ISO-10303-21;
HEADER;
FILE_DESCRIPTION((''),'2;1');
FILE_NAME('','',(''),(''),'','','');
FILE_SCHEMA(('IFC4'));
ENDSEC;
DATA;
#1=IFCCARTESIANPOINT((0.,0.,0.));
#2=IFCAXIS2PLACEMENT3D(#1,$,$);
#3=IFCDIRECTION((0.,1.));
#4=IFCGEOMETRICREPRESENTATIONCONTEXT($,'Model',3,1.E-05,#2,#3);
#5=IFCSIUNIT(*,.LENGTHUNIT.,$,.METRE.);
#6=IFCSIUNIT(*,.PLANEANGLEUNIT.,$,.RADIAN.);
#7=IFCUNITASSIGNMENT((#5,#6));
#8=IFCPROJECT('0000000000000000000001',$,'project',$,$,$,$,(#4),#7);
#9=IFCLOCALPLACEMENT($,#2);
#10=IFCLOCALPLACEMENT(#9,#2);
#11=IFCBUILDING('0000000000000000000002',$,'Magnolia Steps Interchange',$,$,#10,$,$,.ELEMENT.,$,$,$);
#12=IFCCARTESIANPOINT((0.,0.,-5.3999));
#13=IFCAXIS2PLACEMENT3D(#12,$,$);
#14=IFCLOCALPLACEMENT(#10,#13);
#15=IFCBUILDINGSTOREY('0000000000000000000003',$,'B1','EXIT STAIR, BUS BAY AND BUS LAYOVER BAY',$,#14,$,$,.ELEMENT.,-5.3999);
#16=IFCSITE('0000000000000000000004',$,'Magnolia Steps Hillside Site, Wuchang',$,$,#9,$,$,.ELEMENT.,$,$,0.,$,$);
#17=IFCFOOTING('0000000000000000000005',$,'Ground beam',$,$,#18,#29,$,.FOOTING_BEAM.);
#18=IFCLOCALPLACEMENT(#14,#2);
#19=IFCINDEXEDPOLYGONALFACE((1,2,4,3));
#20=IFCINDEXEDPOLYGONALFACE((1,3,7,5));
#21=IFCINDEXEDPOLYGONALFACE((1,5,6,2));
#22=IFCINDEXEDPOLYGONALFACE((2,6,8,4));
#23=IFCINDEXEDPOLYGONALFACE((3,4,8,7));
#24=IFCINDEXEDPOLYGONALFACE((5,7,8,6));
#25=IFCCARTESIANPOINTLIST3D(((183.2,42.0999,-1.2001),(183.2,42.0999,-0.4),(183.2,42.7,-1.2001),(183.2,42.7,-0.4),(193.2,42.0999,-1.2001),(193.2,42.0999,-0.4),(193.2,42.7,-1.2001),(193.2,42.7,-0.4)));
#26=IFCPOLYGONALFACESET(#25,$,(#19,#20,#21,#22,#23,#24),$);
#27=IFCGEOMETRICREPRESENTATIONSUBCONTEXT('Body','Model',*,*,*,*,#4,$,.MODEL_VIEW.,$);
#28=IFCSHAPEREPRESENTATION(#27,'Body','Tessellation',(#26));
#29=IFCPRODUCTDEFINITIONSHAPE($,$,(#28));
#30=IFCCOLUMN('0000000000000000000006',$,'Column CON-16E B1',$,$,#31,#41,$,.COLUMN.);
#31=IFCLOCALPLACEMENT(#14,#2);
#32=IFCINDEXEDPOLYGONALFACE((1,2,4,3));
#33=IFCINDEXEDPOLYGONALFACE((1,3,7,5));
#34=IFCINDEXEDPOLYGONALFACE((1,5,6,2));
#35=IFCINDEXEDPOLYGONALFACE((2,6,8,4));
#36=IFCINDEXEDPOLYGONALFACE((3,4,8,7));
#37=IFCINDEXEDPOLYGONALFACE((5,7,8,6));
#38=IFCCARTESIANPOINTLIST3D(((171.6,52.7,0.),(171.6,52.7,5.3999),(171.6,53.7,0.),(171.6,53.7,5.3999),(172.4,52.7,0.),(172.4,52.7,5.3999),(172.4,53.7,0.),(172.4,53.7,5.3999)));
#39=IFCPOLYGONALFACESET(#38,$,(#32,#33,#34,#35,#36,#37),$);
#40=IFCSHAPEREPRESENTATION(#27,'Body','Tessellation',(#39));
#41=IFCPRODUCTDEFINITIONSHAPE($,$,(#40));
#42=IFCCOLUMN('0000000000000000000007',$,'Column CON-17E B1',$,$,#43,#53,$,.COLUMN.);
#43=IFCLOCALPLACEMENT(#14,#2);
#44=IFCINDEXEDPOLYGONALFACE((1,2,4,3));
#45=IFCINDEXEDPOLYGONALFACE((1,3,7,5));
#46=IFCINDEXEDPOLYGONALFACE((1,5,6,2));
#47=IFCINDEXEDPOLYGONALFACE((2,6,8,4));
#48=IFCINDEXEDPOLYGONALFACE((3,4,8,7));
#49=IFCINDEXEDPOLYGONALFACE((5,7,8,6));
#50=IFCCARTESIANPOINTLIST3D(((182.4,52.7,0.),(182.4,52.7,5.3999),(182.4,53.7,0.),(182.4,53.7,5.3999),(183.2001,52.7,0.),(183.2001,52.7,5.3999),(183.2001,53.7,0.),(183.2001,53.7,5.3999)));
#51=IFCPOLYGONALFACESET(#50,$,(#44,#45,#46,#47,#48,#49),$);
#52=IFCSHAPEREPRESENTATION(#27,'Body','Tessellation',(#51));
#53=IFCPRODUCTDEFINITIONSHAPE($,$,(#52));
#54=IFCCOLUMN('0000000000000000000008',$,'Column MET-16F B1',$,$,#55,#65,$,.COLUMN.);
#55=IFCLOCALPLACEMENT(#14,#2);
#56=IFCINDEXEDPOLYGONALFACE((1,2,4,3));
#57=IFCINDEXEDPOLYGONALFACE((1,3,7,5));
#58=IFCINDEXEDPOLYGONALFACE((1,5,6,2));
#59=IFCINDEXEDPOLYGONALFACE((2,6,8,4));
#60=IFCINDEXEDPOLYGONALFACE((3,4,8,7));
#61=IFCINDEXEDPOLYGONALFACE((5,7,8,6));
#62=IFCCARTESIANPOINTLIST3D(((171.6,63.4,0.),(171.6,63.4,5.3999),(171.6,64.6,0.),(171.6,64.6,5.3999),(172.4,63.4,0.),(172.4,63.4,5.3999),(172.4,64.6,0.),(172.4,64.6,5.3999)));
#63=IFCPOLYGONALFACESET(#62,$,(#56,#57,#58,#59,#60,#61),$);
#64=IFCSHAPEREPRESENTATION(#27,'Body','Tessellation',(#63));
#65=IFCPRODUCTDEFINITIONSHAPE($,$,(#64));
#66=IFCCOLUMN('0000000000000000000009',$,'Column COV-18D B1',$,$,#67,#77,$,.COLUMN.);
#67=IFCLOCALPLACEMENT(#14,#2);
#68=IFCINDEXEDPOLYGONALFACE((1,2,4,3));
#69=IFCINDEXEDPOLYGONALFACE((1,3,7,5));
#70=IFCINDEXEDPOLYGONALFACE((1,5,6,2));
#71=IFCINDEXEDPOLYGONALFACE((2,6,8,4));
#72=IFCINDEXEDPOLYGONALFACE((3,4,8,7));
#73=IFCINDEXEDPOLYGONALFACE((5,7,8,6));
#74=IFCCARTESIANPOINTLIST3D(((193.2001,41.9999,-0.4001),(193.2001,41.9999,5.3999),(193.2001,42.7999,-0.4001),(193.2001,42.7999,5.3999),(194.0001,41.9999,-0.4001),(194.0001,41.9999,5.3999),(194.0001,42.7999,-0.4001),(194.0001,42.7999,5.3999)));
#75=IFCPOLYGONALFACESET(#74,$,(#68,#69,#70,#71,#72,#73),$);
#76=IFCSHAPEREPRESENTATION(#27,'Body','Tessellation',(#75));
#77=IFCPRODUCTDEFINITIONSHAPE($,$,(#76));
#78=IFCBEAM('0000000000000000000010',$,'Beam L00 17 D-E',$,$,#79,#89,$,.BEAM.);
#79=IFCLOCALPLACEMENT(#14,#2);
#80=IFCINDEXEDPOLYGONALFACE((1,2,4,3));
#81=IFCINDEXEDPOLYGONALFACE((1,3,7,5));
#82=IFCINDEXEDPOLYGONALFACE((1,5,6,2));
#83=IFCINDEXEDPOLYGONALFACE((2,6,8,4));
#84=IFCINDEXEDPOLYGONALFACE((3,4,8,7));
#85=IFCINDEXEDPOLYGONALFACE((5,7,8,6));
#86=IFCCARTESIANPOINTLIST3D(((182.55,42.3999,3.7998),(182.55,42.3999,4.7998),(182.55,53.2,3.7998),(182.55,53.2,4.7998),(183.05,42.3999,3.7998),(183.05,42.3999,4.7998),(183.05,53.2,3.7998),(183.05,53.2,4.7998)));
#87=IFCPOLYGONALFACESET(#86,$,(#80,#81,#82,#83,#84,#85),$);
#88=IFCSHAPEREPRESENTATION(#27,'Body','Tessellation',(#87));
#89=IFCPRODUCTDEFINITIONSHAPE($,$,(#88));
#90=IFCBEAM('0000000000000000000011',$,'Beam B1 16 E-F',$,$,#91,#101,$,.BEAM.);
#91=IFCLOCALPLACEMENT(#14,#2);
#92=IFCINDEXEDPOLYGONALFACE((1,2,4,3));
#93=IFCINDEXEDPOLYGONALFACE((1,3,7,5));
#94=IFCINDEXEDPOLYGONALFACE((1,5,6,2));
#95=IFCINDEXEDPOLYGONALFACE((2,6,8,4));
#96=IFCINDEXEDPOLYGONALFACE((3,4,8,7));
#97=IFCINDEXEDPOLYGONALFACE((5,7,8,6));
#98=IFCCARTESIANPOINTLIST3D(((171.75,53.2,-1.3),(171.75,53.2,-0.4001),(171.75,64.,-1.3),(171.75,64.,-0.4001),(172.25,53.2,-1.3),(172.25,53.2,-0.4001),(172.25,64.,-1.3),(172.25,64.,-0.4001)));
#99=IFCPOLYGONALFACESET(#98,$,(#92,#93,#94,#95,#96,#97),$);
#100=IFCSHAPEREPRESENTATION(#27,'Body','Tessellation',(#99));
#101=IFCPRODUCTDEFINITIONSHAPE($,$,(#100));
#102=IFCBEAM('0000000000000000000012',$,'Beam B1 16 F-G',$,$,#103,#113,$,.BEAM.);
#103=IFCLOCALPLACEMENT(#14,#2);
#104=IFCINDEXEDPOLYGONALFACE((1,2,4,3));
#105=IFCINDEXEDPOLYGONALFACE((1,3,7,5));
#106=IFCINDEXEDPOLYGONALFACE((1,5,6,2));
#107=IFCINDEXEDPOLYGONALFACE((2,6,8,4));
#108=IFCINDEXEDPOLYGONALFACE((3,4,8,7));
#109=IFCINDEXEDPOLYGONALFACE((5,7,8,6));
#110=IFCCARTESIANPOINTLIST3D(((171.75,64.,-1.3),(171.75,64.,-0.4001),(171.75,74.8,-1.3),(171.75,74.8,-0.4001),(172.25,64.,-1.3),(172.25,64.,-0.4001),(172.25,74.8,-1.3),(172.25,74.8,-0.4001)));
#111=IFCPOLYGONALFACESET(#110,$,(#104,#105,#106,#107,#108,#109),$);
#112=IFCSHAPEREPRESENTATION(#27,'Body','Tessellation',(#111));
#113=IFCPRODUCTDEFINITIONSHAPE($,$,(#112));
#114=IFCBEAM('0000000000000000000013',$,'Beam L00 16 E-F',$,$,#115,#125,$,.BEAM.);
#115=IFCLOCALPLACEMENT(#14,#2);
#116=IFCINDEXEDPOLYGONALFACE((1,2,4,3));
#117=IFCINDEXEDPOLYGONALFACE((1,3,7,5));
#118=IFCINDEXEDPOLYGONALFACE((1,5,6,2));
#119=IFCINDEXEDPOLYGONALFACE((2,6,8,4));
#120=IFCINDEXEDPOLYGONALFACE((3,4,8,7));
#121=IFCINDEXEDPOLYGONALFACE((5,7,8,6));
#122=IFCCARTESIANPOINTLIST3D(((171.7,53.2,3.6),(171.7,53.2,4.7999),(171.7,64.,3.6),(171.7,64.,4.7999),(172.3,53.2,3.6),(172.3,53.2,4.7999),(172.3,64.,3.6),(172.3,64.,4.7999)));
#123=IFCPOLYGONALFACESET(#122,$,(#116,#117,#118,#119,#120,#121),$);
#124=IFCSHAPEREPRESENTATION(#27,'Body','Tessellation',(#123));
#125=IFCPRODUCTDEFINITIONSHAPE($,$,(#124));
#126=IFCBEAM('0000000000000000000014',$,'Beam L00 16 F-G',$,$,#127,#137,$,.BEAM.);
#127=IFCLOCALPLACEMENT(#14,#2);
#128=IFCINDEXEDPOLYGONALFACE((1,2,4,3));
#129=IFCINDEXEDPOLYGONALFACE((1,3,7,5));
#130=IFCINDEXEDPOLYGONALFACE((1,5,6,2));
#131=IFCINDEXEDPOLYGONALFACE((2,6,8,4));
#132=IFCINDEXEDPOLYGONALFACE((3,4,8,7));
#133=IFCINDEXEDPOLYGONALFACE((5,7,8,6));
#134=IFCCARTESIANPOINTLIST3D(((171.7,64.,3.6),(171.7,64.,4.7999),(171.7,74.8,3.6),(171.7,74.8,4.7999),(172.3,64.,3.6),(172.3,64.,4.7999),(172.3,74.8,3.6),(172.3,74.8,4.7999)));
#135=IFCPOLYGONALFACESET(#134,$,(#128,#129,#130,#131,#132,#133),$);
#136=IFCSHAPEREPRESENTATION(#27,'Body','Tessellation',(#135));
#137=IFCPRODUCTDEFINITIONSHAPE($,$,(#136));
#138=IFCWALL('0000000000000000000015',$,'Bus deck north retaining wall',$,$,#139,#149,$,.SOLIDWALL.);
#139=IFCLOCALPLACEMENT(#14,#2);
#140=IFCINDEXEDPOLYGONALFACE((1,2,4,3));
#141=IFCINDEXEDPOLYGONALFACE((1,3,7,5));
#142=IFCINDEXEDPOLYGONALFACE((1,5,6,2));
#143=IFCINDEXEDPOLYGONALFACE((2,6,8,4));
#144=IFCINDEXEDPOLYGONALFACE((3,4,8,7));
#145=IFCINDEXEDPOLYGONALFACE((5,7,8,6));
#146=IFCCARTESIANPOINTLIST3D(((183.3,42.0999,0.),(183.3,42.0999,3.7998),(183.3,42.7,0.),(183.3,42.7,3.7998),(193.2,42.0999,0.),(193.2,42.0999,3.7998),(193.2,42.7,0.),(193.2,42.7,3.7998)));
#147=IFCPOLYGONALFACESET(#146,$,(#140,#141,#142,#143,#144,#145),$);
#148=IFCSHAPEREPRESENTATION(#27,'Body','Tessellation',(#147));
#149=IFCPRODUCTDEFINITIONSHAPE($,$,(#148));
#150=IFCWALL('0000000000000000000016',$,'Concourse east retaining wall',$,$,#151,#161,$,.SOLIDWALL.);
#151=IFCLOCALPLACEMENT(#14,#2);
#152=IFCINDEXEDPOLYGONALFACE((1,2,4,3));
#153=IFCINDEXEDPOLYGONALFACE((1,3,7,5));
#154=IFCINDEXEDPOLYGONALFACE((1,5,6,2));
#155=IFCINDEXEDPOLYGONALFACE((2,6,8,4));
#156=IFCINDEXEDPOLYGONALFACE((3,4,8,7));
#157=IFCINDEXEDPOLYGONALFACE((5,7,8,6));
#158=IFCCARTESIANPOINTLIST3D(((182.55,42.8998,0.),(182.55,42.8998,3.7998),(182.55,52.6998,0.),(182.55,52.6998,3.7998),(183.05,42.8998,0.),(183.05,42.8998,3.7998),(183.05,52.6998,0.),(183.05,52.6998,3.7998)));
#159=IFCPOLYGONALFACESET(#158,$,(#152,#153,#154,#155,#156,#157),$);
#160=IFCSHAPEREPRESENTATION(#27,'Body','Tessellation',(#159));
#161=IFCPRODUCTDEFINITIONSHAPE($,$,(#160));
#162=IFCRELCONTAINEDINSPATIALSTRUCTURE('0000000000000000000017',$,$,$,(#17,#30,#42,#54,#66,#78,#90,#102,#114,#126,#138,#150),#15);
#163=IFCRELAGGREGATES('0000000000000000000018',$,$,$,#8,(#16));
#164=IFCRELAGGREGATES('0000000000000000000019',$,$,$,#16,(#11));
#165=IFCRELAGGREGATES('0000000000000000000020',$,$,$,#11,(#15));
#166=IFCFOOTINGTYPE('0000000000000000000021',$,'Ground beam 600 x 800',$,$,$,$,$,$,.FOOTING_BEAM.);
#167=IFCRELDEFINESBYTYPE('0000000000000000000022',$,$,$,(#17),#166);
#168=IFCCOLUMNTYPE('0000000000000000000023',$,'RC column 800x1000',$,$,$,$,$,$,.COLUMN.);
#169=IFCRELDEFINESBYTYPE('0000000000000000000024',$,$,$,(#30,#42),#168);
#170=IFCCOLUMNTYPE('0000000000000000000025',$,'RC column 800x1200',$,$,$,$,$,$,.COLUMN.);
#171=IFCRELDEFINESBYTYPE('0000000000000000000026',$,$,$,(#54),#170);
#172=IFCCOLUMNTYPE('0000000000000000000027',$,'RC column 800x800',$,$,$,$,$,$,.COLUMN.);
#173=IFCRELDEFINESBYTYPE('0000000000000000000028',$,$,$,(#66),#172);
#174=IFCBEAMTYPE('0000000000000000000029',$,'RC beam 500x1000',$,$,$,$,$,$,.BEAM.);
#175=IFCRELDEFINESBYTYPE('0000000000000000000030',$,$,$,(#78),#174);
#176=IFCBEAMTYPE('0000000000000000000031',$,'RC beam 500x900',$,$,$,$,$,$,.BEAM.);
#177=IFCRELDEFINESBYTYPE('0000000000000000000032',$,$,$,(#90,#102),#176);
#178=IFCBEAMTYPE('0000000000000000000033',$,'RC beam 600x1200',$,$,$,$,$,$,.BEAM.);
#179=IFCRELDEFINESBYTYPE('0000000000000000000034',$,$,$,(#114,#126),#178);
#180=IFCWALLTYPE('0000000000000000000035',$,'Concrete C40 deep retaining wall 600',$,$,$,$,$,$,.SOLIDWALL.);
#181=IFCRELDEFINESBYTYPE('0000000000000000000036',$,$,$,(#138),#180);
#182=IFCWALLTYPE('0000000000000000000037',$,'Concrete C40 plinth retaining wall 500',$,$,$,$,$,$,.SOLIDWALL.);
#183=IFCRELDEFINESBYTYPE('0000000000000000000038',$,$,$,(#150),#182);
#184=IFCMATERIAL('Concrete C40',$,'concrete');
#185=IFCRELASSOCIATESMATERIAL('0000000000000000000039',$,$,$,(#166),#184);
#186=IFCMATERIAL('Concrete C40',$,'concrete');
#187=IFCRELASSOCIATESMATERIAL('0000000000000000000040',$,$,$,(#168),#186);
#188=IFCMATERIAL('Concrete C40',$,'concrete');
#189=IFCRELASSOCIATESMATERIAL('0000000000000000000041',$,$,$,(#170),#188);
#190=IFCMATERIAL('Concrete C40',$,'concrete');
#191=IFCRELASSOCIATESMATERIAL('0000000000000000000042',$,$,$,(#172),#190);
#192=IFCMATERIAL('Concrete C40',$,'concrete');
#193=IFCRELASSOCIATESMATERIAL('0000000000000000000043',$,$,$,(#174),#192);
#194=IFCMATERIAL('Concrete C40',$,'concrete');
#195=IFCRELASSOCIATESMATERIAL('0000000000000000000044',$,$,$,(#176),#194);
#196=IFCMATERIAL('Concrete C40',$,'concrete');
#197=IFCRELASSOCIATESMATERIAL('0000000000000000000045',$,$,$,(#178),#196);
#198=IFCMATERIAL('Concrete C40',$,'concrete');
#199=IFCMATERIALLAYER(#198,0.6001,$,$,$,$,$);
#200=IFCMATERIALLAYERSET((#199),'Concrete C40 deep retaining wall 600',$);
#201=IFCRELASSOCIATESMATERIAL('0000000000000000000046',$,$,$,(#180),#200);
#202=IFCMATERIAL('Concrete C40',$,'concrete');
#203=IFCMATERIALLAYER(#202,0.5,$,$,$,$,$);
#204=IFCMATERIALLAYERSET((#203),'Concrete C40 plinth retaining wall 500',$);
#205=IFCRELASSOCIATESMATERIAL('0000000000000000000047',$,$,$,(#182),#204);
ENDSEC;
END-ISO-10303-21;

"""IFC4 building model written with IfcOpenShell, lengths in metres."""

from ifc_helpers import new_model, si_unit, direction, frame, frame_2d, origin, origin_2d, place, context, subcontext, project, spatial, rectangle, extrude, material, layer, layer_set, material_profile, profile_set, type_object, element, save


model = new_model("IFC4")

# Units and contexts
model_context = context("Model", 3, precision=1e-05, world=origin(), true_north=direction((0.0, 1.0)))
body_context = subcontext(model_context, "Body", "Model", "MODEL_VIEW")
ifc_project = project(units=[si_unit("LENGTHUNIT", "METRE"), si_unit("PLANEANGLEUNIT", "RADIAN")], contexts=[model_context])

# Site, building, storey
site_placement = place(None, origin())
site = spatial("IfcSite", under=ifc_project, at=site_placement, Name="Magnolia Steps Hillside Site, Wuchang", CompositionType="ELEMENT", RefElevation=0.0)
building_placement = place(site_placement, origin())
building = spatial("IfcBuilding", under=site, at=building_placement, Name="Magnolia Steps Interchange", CompositionType="ELEMENT")
storey_placement = place(building_placement, frame((0.0, 0.0, -5.3999)))
storey = spatial("IfcBuildingStorey", under=building, at=storey_placement, Name="B1", Description="EXIT STAIR, BUS BAY AND BUS LAYOVER BAY", CompositionType="ELEMENT", Elevation=-5.3999)

# Footing
ifc_material_1 = material(Name="Concrete C40", Category="concrete")
ifc_material_profile_1 = material_profile(ifc_material_1, rectangle(XDim=0.6001, YDim=0.8, at=origin_2d()), Name="RC600x800")
ifc_profile_set_1 = profile_set([ifc_material_profile_1], Name="Concrete C40")
footing_type = type_object("IfcFootingType", Name="Ground beam 600 x 800", PredefinedType="FOOTING_BEAM", material=ifc_profile_set_1)
footing_placement = place(storey_placement, frame((183.2, 42.3999, -0.8), z_axis=(1.0, 0.0, 0.0), x_axis=(0.0, 1.0, 0.0)))
element("IfcFooting", 1, at=footing_placement, inside=storey, type_object=footing_type, Name="Ground beam", PredefinedType="FOOTING_BEAM", context=body_context, shape_type="SweptSolid", body=[
    extrude(rectangle(XDim=0.6001, YDim=0.8, at=origin_2d()), origin(), (0.0, 0.0, 1.0), 10.0),
])

# Columns
ifc_material_2 = material(Name="Concrete C40", Category="concrete")
ifc_material_profile_2 = material_profile(ifc_material_2, rectangle(XDim=0.8, YDim=1.0, at=origin_2d()), Name="RC800x1000")
ifc_profile_set_2 = profile_set([ifc_material_profile_2], Name="Concrete C40")
column_type_1 = type_object("IfcColumnType", Name="RC column 800x1000", PredefinedType="COLUMN", material=ifc_profile_set_2)
for number, where, z_axis, x_axis, name in (
    (2, (172.0, 53.2, 0.0), (0.0, 0.0, 1.0), (1.0, 0.0, 0.0), "Column CON-16E B1"),
    (3, (182.8, 53.2, 0.0), (0.0, 0.0, 1.0), (1.0, 0.0, 0.0), "Column CON-17E B1"),
):
    element("IfcColumn", number, at=place(storey_placement, frame(where, z_axis=z_axis, x_axis=x_axis)), inside=storey, type_object=column_type_1, Name=name, PredefinedType="COLUMN", context=body_context, shape_type="SweptSolid", body=[
        extrude(rectangle(XDim=0.8, YDim=1.0, at=origin_2d()), origin(), (0.0, 0.0, 1.0), 5.3999),
    ])
ifc_material_3 = material(Name="Concrete C40", Category="concrete")
ifc_material_profile_3 = material_profile(ifc_material_3, rectangle(XDim=0.8, YDim=1.2, at=origin_2d()), Name="RC800x1200")
ifc_profile_set_3 = profile_set([ifc_material_profile_3], Name="Concrete C40")
column_type_2 = type_object("IfcColumnType", Name="RC column 800x1200", PredefinedType="COLUMN", material=ifc_profile_set_3)
column_1_placement = place(storey_placement, frame((172.0, 64.0, 0.0), z_axis=(0.0, 0.0, 1.0), x_axis=(1.0, 0.0, 0.0)))
element("IfcColumn", 4, at=column_1_placement, inside=storey, type_object=column_type_2, Name="Column MET-16F B1", PredefinedType="COLUMN", context=body_context, shape_type="SweptSolid", body=[
    extrude(rectangle(XDim=0.8, YDim=1.2, at=origin_2d()), origin(), (0.0, 0.0, 1.0), 5.3999),
])
ifc_material_4 = material(Name="Concrete C40", Category="concrete")
ifc_material_profile_4 = material_profile(ifc_material_4, rectangle(XDim=0.8, YDim=0.8, at=origin_2d()), Name="RC800x800")
ifc_profile_set_4 = profile_set([ifc_material_profile_4], Name="Concrete C40")
column_type_3 = type_object("IfcColumnType", Name="RC column 800x800", PredefinedType="COLUMN", material=ifc_profile_set_4)
column_2_placement = place(storey_placement, frame((193.6001, 42.3999, -0.4001), z_axis=(0.0, 0.0, 1.0), x_axis=(1.0, 0.0, 0.0)))
element("IfcColumn", 5, at=column_2_placement, inside=storey, type_object=column_type_3, Name="Column COV-18D B1", PredefinedType="COLUMN", context=body_context, shape_type="SweptSolid", body=[
    extrude(rectangle(XDim=0.8, YDim=0.8, at=origin_2d()), origin(), (0.0, 0.0, 1.0), 5.8),
])

# Beams
ifc_material_5 = material(Name="Concrete C40", Category="concrete")
ifc_material_profile_5 = material_profile(ifc_material_5, rectangle(XDim=0.5, YDim=1.0, at=origin_2d()), Name="RC500x1000")
ifc_profile_set_5 = profile_set([ifc_material_profile_5], Name="Concrete C40")
beam_type_1 = type_object("IfcBeamType", Name="RC beam 500x1000", PredefinedType="BEAM", material=ifc_profile_set_5)
beam_placement = place(storey_placement, frame((182.8, 42.3999, 4.2998), z_axis=(0.0, 1.0, 0.0), x_axis=(-1.0, 0.0, 0.0)))
element("IfcBeam", 6, at=beam_placement, inside=storey, type_object=beam_type_1, Name="Beam L00 17 D-E", PredefinedType="BEAM", context=body_context, shape_type="SweptSolid", body=[
    extrude(rectangle(XDim=0.5, YDim=1.0, at=origin_2d()), origin(), (0.0, 0.0, 1.0), 10.8),
])
ifc_material_6 = material(Name="Concrete C40", Category="concrete")
ifc_material_profile_6 = material_profile(ifc_material_6, rectangle(XDim=0.5, YDim=0.8999, at=origin_2d()), Name="RC500x900")
ifc_profile_set_6 = profile_set([ifc_material_profile_6], Name="Concrete C40")
beam_type_2 = type_object("IfcBeamType", Name="RC beam 500x900", PredefinedType="BEAM", material=ifc_profile_set_6)
for number, where, z_axis, x_axis, name in (
    (7, (172.0, 53.2, -0.8501), (0.0, 1.0, 0.0), (-1.0, 0.0, 0.0), "Beam B1 16 E-F"),
    (8, (172.0, 64.0, -0.8501), (0.0, 1.0, 0.0), (-1.0, 0.0, 0.0), "Beam B1 16 F-G"),
):
    element("IfcBeam", number, at=place(storey_placement, frame(where, z_axis=z_axis, x_axis=x_axis)), inside=storey, type_object=beam_type_2, Name=name, PredefinedType="BEAM", context=body_context, shape_type="SweptSolid", body=[
        extrude(rectangle(XDim=0.5, YDim=0.8999, at=origin_2d()), origin(), (0.0, 0.0, 1.0), 10.8),
    ])
ifc_material_7 = material(Name="Concrete C40", Category="concrete")
ifc_material_profile_7 = material_profile(ifc_material_7, rectangle(XDim=0.6001, YDim=1.2, at=origin_2d()), Name="RC600x1200")
ifc_profile_set_7 = profile_set([ifc_material_profile_7], Name="Concrete C40")
beam_type_3 = type_object("IfcBeamType", Name="RC beam 600x1200", PredefinedType="BEAM", material=ifc_profile_set_7)
for number, where, z_axis, x_axis, name in (
    (9, (172.0, 53.2, 4.2), (0.0, 1.0, 0.0), (-1.0, 0.0, 0.0), "Beam L00 16 E-F"),
    (10, (172.0, 64.0, 4.2), (0.0, 1.0, 0.0), (-1.0, 0.0, 0.0), "Beam L00 16 F-G"),
):
    element("IfcBeam", number, at=place(storey_placement, frame(where, z_axis=z_axis, x_axis=x_axis)), inside=storey, type_object=beam_type_3, Name=name, PredefinedType="BEAM", context=body_context, shape_type="SweptSolid", body=[
        extrude(rectangle(XDim=0.6001, YDim=1.2, at=origin_2d()), origin(), (0.0, 0.0, 1.0), 10.8),
    ])

# Walls
ifc_material_8 = material(Name="Concrete C40", Category="concrete")
ifc_layer_1 = layer(ifc_material_8, 0.6001)
ifc_layer_set_1 = layer_set([ifc_layer_1], Name="Concrete C40 deep retaining wall 600")
wall_type_1 = type_object("IfcWallType", Name="Concrete C40 deep retaining wall 600", PredefinedType="SOLIDWALL", material=ifc_layer_set_1)
wall_1_placement = place(storey_placement, frame((183.3, 42.3999, 0.0), z_axis=(0.0, 0.0, 1.0), x_axis=(1.0, 0.0, 0.0)))
element("IfcWall", 11, at=wall_1_placement, inside=storey, type_object=wall_type_1, Name="Bus deck north retaining wall", PredefinedType="SOLIDWALL", context=body_context, shape_type="SweptSolid", body=[
    extrude(rectangle(XDim=9.8999, YDim=0.6001, at=frame_2d((4.95, 0.0))), origin(), (0.0, 0.0, 1.0), 3.7998),
])
ifc_material_9 = material(Name="Concrete C40", Category="concrete")
ifc_layer_2 = layer(ifc_material_9, 0.5)
ifc_layer_set_2 = layer_set([ifc_layer_2], Name="Concrete C40 plinth retaining wall 500")
wall_type_2 = type_object("IfcWallType", Name="Concrete C40 plinth retaining wall 500", PredefinedType="SOLIDWALL", material=ifc_layer_set_2)
wall_2_placement = place(storey_placement, frame((182.8, 42.8999, 0.0), z_axis=(0.0, 0.0, 1.0), x_axis=(0.0, 1.0, 0.0)))
element("IfcWall", 12, at=wall_2_placement, inside=storey, type_object=wall_type_2, Name="Concourse east retaining wall", PredefinedType="SOLIDWALL", context=body_context, shape_type="SweptSolid", body=[
    extrude(rectangle(XDim=9.8, YDim=0.5, at=frame_2d((4.8999, 0.0))), origin(), (0.0, 0.0, 1.0), 3.7998),
])

save(model, "model.ifc")
